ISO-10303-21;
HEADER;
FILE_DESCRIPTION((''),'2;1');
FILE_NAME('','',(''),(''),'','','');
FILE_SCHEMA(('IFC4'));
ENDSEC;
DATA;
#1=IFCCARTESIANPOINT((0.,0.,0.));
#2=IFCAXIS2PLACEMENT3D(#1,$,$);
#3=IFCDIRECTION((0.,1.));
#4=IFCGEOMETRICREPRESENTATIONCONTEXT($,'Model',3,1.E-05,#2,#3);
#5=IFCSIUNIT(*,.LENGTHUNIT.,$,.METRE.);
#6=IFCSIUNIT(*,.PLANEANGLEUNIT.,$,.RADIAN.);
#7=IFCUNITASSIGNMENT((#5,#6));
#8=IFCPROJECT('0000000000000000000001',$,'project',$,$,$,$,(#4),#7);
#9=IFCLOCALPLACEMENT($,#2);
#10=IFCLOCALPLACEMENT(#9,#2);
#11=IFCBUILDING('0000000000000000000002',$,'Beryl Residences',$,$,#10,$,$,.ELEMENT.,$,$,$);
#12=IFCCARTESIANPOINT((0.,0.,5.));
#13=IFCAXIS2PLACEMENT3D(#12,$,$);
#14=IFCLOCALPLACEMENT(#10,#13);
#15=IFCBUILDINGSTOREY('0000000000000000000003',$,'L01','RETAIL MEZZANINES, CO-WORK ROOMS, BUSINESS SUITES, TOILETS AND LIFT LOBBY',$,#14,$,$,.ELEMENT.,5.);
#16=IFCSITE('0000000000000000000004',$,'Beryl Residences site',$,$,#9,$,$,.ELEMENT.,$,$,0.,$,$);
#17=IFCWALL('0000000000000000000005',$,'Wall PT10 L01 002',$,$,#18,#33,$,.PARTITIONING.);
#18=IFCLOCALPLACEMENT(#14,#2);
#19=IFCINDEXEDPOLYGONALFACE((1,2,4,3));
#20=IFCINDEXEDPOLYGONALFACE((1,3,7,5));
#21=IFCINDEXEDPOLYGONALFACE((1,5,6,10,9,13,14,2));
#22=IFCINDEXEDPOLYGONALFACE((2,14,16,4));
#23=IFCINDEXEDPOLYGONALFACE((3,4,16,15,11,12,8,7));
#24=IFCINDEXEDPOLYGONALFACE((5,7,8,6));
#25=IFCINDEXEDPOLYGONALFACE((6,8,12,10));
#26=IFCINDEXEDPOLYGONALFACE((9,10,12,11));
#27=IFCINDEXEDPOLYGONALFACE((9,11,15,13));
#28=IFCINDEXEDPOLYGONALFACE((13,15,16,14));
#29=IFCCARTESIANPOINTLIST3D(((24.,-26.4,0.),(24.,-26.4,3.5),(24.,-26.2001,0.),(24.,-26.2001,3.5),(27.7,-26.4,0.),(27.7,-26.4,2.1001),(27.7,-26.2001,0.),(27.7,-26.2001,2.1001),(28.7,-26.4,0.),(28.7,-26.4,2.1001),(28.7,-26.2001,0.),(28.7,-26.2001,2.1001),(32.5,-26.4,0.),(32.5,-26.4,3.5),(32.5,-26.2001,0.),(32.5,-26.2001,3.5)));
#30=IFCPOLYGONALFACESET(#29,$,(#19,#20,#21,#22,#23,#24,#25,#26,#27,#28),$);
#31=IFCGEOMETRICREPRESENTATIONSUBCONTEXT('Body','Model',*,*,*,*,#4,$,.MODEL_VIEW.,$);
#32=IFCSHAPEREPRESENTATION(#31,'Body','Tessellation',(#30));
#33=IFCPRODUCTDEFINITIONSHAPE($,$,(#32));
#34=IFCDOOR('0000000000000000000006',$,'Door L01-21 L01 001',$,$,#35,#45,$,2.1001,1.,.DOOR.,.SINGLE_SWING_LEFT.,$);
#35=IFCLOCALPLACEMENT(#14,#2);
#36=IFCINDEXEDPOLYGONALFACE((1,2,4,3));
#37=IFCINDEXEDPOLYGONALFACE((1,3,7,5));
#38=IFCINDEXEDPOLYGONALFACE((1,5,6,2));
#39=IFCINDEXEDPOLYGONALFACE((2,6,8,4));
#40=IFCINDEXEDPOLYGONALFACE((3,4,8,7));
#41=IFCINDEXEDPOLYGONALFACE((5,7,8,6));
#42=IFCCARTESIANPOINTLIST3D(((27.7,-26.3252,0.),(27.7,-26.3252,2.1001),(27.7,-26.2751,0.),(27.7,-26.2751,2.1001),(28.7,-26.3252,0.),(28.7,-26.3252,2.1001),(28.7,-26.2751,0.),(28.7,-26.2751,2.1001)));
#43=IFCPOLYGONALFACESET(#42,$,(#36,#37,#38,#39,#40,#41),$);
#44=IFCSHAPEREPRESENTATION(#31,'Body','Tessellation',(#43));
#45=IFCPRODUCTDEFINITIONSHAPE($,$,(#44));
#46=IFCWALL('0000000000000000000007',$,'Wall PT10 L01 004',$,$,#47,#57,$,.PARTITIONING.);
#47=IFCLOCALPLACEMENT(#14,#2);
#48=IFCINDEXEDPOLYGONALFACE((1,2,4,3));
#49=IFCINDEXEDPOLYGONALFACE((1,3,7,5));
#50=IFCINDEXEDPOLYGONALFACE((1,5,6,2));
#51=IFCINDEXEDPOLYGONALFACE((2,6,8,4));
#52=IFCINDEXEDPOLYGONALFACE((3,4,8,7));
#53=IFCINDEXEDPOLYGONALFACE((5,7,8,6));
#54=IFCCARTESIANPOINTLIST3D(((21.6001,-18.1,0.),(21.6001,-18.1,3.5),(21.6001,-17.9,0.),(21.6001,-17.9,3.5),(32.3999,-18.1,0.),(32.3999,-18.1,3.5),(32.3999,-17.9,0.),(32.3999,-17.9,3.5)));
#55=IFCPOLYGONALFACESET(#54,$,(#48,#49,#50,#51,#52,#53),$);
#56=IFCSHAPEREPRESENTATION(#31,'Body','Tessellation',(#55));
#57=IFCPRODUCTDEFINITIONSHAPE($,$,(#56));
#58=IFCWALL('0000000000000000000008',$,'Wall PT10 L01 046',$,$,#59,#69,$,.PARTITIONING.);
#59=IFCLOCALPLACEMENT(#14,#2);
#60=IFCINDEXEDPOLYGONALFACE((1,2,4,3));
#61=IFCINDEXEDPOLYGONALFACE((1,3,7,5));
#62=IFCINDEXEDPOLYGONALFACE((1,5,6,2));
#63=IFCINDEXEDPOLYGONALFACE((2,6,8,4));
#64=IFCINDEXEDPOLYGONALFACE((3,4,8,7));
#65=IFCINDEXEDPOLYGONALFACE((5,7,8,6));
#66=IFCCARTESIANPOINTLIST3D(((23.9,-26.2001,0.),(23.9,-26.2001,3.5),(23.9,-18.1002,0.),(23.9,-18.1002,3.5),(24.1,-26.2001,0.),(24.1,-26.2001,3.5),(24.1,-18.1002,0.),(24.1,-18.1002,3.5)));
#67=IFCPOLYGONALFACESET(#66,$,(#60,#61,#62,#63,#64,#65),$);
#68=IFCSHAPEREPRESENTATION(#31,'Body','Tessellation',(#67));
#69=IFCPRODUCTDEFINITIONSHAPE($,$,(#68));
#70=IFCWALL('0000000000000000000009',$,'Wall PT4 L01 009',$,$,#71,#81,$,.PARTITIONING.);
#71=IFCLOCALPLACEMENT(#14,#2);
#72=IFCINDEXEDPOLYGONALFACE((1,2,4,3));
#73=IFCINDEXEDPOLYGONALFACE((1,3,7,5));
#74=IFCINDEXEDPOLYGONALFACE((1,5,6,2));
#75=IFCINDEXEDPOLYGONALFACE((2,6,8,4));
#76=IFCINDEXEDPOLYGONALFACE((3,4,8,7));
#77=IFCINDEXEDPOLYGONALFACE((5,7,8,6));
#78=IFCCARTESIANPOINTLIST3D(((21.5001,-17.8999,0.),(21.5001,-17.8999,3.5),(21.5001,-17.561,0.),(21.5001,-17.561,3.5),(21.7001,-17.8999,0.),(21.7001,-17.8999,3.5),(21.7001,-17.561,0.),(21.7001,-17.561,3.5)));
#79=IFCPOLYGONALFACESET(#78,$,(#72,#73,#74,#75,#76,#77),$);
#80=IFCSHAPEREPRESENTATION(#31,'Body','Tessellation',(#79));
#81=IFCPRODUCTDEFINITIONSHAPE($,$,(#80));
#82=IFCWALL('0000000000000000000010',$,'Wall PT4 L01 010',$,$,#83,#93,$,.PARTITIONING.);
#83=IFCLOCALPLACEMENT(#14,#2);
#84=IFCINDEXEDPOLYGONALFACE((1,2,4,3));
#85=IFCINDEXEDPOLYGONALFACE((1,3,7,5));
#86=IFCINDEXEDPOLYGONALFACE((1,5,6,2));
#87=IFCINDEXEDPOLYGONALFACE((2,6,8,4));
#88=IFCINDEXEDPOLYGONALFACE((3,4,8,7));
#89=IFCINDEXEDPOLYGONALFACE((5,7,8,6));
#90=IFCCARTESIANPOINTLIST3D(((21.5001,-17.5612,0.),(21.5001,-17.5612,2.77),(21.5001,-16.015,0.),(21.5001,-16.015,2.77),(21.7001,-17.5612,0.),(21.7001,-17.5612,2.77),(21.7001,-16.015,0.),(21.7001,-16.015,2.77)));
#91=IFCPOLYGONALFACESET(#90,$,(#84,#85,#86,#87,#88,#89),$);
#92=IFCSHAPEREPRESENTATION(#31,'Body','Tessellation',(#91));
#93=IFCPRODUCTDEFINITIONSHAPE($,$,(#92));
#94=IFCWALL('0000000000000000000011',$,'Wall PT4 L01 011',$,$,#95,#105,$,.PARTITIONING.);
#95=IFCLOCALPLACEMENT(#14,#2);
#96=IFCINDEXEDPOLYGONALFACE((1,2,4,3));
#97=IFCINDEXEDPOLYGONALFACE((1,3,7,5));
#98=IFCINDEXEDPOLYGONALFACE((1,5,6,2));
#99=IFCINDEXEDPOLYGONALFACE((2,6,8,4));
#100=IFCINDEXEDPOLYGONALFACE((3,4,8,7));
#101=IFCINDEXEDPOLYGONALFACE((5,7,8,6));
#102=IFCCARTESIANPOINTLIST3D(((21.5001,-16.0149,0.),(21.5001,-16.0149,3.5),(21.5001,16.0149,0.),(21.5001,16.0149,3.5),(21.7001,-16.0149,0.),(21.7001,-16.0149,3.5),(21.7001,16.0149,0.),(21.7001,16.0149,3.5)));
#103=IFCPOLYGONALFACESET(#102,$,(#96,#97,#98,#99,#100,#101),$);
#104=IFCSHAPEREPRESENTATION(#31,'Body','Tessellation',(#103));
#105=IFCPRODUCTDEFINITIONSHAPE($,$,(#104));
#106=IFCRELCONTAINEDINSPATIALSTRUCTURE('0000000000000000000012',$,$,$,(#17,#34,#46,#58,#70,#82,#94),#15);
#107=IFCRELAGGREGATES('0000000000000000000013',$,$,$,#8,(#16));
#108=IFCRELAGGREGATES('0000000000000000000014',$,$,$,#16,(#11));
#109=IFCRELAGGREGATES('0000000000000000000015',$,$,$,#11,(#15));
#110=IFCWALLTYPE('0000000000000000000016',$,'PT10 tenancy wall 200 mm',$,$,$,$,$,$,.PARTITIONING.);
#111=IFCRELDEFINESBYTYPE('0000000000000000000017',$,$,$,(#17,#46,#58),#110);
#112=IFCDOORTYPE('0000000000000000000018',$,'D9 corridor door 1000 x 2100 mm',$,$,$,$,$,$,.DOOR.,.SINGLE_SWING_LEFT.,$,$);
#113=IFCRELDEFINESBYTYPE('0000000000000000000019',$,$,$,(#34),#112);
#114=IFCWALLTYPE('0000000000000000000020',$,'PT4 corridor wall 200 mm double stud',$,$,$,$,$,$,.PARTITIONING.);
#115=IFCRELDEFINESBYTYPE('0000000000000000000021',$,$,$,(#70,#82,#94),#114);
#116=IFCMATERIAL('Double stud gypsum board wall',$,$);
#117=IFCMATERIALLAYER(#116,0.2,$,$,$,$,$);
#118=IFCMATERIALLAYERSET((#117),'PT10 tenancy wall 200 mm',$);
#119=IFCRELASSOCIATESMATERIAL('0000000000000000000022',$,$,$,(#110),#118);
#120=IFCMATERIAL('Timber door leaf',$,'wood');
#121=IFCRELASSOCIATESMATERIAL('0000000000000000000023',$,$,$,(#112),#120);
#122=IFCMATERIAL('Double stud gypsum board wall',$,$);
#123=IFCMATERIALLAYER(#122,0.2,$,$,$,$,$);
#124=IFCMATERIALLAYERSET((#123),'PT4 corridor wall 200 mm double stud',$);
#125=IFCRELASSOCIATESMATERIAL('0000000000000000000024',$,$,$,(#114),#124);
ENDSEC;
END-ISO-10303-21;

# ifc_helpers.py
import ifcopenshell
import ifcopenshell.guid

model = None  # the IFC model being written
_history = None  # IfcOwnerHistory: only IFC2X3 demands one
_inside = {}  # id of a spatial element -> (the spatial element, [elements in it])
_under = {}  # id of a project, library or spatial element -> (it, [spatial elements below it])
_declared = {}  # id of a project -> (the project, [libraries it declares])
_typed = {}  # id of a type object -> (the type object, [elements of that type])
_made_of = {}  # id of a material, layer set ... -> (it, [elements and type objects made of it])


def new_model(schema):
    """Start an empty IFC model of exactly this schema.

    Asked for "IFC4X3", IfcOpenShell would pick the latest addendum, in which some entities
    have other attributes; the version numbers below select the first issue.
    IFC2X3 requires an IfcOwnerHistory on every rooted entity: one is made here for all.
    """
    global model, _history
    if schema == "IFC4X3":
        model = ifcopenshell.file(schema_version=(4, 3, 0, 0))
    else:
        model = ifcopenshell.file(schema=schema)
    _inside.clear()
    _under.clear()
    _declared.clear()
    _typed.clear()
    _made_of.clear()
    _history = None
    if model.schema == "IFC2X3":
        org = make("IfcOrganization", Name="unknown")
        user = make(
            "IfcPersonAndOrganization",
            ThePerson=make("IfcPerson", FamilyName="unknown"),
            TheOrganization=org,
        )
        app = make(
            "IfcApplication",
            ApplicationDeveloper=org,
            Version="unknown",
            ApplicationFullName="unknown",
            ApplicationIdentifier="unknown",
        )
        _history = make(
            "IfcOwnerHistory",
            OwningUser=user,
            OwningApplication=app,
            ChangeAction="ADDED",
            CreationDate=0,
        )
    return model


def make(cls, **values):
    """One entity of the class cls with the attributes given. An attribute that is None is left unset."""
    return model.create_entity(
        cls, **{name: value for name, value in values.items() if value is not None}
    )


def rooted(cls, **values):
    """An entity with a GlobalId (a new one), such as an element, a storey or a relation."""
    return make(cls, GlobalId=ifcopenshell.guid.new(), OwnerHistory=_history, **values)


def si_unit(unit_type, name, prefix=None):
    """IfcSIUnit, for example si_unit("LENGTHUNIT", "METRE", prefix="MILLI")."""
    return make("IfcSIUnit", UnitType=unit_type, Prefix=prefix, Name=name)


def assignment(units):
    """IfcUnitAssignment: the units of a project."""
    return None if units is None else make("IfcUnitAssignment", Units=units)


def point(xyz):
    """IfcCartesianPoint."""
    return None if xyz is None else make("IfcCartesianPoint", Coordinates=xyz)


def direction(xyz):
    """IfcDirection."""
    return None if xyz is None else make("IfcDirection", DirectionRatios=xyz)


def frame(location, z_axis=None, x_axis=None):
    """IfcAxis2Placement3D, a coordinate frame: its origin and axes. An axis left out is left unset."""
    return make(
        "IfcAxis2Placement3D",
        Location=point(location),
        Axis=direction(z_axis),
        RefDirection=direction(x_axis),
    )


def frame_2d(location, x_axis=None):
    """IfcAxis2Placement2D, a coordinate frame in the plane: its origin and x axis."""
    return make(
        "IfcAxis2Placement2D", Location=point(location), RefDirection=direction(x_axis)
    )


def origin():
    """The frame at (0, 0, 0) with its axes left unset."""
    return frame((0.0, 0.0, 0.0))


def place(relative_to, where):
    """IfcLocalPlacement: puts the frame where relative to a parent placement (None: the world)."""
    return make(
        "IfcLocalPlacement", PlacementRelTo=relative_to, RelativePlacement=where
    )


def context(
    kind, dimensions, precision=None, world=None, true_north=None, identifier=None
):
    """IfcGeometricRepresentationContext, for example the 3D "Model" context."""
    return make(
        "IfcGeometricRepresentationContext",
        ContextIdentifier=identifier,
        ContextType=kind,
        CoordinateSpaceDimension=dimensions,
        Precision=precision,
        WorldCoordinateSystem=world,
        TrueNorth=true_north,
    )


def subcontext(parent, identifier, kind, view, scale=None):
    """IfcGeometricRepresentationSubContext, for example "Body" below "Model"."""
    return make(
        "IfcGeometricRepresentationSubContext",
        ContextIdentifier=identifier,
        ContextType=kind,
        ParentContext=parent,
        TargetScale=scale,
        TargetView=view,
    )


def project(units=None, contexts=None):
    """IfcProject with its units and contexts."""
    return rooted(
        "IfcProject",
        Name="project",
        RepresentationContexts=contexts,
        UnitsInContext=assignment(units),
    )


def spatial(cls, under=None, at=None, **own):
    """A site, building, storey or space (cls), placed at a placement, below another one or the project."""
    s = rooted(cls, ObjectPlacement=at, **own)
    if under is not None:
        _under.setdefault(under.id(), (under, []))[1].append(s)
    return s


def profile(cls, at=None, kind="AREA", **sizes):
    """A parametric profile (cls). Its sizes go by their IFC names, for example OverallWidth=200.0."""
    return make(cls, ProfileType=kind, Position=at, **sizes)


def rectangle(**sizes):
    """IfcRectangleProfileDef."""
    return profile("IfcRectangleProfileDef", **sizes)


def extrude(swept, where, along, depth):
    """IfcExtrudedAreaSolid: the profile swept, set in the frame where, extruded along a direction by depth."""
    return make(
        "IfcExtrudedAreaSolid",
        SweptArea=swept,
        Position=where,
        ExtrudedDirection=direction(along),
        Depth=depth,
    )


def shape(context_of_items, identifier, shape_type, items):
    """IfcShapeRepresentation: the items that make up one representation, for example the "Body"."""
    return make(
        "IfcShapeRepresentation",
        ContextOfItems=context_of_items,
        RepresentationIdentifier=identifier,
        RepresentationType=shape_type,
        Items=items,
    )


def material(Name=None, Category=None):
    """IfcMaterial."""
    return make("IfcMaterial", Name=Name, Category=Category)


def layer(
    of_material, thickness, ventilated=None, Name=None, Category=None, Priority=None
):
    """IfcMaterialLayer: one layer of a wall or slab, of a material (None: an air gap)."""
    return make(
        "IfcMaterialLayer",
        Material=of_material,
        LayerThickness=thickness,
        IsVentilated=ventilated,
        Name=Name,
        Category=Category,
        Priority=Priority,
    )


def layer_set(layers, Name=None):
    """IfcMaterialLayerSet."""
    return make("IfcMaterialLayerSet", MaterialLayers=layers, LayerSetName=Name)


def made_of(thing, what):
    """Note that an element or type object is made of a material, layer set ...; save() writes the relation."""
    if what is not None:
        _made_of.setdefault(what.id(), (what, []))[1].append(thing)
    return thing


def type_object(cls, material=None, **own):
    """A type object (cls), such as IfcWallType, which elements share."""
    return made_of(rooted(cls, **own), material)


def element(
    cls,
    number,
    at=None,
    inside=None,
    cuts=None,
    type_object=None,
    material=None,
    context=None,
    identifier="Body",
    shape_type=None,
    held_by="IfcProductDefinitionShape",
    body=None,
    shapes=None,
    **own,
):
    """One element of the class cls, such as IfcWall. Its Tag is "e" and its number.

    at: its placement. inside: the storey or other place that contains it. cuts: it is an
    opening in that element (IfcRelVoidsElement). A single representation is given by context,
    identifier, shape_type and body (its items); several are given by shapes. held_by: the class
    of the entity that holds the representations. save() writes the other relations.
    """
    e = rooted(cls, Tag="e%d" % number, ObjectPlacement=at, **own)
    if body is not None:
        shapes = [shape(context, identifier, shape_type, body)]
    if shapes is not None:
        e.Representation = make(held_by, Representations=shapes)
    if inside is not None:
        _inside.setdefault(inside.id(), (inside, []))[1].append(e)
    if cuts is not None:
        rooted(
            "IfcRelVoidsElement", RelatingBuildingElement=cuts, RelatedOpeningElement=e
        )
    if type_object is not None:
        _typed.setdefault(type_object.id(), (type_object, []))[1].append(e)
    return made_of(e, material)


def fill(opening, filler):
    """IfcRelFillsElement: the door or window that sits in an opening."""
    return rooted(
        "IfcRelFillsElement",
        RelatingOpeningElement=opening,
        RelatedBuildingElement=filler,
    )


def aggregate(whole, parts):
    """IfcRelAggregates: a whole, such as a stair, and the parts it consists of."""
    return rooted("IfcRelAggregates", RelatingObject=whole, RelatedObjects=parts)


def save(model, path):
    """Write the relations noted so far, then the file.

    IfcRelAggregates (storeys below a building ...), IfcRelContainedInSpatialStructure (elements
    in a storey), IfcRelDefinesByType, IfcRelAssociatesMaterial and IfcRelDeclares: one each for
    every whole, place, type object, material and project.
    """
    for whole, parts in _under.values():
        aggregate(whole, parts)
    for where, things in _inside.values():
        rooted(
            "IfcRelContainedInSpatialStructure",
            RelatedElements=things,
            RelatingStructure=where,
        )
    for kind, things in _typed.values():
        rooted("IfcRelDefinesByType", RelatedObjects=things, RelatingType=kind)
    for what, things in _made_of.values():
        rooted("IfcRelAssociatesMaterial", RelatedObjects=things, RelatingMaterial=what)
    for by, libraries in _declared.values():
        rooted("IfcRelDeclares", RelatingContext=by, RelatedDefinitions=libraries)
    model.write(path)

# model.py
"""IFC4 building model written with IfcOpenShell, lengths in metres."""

from ifc_helpers import new_model, si_unit, direction, frame, frame_2d, origin, place, context, subcontext, project, spatial, rectangle, extrude, material, layer, layer_set, type_object, element, fill, save


model = new_model("IFC4")

# Units and contexts
model_context = context("Model", 3, precision=1e-05, world=origin(), true_north=direction((0.0, 1.0)))
body_context = subcontext(model_context, "Body", "Model", "MODEL_VIEW")
ifc_project = project(units=[si_unit("LENGTHUNIT", "METRE"), si_unit("PLANEANGLEUNIT", "RADIAN")], contexts=[model_context])

# Site, building, storey
site_placement = place(None, origin())
site = spatial("IfcSite", under=ifc_project, at=site_placement, Name="Beryl Residences site", CompositionType="ELEMENT", RefElevation=0.0)
building_placement = place(site_placement, origin())
building = spatial("IfcBuilding", under=site, at=building_placement, Name="Beryl Residences", CompositionType="ELEMENT")
storey_placement = place(building_placement, frame((0.0, 0.0, 5.0)))
storey = spatial("IfcBuildingStorey", under=building, at=storey_placement, Name="L01", Description="RETAIL MEZZANINES, CO-WORK ROOMS, BUSINESS SUITES, TOILETS AND LIFT LOBBY", CompositionType="ELEMENT", Elevation=5.0)

# Wall, opening, door
ifc_material_1 = material(Name="Double stud gypsum board wall")
ifc_layer_1 = layer(ifc_material_1, 0.2)
ifc_layer_set_1 = layer_set([ifc_layer_1], Name="PT10 tenancy wall 200 mm")
wall_type_1 = type_object("IfcWallType", Name="PT10 tenancy wall 200 mm", PredefinedType="PARTITIONING", material=ifc_layer_set_1)
wall_1_placement = place(storey_placement, frame((24.0, -26.3, 0.0), z_axis=(0.0, 0.0, 1.0), x_axis=(1.0, 0.0, 0.0)))
wall_1 = element("IfcWall", 1, at=wall_1_placement, inside=storey, type_object=wall_type_1, Name="Wall PT10 L01 002", PredefinedType="PARTITIONING", context=body_context, shape_type="SweptSolid", body=[
    extrude(rectangle(XDim=8.5, YDim=0.2, at=frame_2d((4.25, 0.0))), origin(), (0.0, 0.0, 1.0), 3.5),
])
opening_placement = place(wall_1_placement, frame((3.7, 0.0, 0.0)))
opening = element("IfcOpeningElement", 2, at=opening_placement, cuts=wall_1, PredefinedType="OPENING", context=body_context, shape_type="SweptSolid", body=[
    extrude(rectangle(XDim=1.0, YDim=2.1001, at=frame_2d((0.5, 1.05))), frame((0.0, 0.1099, 0.0), z_axis=(0.0, -1.0, 0.0), x_axis=(1.0, 0.0, 0.0)), (0.0, 0.0, 1.0), 0.22),
])
ifc_material_2 = material(Name="Timber door leaf", Category="wood")
door_type = type_object("IfcDoorType", Name="D9 corridor door 1000 x 2100 mm", OperationType="SINGLE_SWING_LEFT", PredefinedType="DOOR", material=ifc_material_2)
door_placement = place(opening_placement, origin())
door = element("IfcDoor", 3, at=door_placement, inside=storey, type_object=door_type, Name="Door L01-21 L01 001", OperationType="SINGLE_SWING_LEFT", OverallHeight=2.1001, OverallWidth=1.0, PredefinedType="DOOR", context=body_context, shape_type="SweptSolid", body=[
    extrude(rectangle(XDim=1.0, YDim=2.1001, at=frame_2d((0.5, 1.05))), frame((0.0, 0.0249, 0.0), z_axis=(0.0, -1.0, 0.0), x_axis=(1.0, 0.0, 0.0)), (0.0, 0.0, 1.0), 0.05),
])
fill(opening, door)

# Walls
wall_2_placement = place(storey_placement, frame((21.6001, -18.0, 0.0), z_axis=(0.0, 0.0, 1.0), x_axis=(1.0, 0.0, 0.0)))
element("IfcWall", 4, at=wall_2_placement, inside=storey, type_object=wall_type_1, Name="Wall PT10 L01 004", PredefinedType="PARTITIONING", context=body_context, shape_type="SweptSolid", body=[
    extrude(rectangle(XDim=10.7998, YDim=0.2, at=frame_2d((5.3999, 0.0))), origin(), (0.0, 0.0, 1.0), 3.5),
])
wall_3_placement = place(storey_placement, frame((24.0, -26.2, 0.0), z_axis=(0.0, 0.0, 1.0), x_axis=(0.0, 1.0, 0.0)))
element("IfcWall", 5, at=wall_3_placement, inside=storey, type_object=wall_type_1, Name="Wall PT10 L01 046", PredefinedType="PARTITIONING", context=body_context, shape_type="SweptSolid", body=[
    extrude(rectangle(XDim=8.0999, YDim=0.2, at=frame_2d((4.0498, 0.0))), origin(), (0.0, 0.0, 1.0), 3.5),
])
ifc_material_3 = material(Name="Double stud gypsum board wall")
ifc_layer_2 = layer(ifc_material_3, 0.2)
ifc_layer_set_2 = layer_set([ifc_layer_2], Name="PT4 corridor wall 200 mm double stud")
wall_type_2 = type_object("IfcWallType", Name="PT4 corridor wall 200 mm double stud", PredefinedType="PARTITIONING", material=ifc_layer_set_2)
wall_4_placement = place(storey_placement, frame((21.6001, -17.8999, 0.0), z_axis=(0.0, 0.0, 1.0), x_axis=(0.0, 1.0, 0.0)))
element("IfcWall", 6, at=wall_4_placement, inside=storey, type_object=wall_type_2, Name="Wall PT4 L01 009", PredefinedType="PARTITIONING", context=body_context, shape_type="SweptSolid", body=[
    extrude(rectangle(XDim=0.3389, YDim=0.2, at=frame_2d((0.1694, 0.0))), origin(), (0.0, 0.0, 1.0), 3.5),
])
wall_5_placement = place(storey_placement, frame((21.6001, -17.561, 0.0), z_axis=(0.0, 0.0, 1.0), x_axis=(0.0, 1.0, 0.0)))
element("IfcWall", 7, at=wall_5_placement, inside=storey, type_object=wall_type_2, Name="Wall PT4 L01 010", PredefinedType="PARTITIONING", context=body_context, shape_type="SweptSolid", body=[
    extrude(rectangle(XDim=1.5461, YDim=0.2, at=frame_2d((0.7729, 0.0))), origin(), (0.0, 0.0, 1.0), 2.77),
])
wall_6_placement = place(storey_placement, frame((21.6001, -16.0149, 0.0), z_axis=(0.0, 0.0, 1.0), x_axis=(0.0, 1.0, 0.0)))
element("IfcWall", 8, at=wall_6_placement, inside=storey, type_object=wall_type_2, Name="Wall PT4 L01 011", PredefinedType="PARTITIONING", context=body_context, shape_type="SweptSolid", body=[
    extrude(rectangle(XDim=32.0298, YDim=0.2, at=frame_2d((16.0149, 0.0))), origin(), (0.0, 0.0, 1.0), 3.5),
])

save(model, "model.ifc")
